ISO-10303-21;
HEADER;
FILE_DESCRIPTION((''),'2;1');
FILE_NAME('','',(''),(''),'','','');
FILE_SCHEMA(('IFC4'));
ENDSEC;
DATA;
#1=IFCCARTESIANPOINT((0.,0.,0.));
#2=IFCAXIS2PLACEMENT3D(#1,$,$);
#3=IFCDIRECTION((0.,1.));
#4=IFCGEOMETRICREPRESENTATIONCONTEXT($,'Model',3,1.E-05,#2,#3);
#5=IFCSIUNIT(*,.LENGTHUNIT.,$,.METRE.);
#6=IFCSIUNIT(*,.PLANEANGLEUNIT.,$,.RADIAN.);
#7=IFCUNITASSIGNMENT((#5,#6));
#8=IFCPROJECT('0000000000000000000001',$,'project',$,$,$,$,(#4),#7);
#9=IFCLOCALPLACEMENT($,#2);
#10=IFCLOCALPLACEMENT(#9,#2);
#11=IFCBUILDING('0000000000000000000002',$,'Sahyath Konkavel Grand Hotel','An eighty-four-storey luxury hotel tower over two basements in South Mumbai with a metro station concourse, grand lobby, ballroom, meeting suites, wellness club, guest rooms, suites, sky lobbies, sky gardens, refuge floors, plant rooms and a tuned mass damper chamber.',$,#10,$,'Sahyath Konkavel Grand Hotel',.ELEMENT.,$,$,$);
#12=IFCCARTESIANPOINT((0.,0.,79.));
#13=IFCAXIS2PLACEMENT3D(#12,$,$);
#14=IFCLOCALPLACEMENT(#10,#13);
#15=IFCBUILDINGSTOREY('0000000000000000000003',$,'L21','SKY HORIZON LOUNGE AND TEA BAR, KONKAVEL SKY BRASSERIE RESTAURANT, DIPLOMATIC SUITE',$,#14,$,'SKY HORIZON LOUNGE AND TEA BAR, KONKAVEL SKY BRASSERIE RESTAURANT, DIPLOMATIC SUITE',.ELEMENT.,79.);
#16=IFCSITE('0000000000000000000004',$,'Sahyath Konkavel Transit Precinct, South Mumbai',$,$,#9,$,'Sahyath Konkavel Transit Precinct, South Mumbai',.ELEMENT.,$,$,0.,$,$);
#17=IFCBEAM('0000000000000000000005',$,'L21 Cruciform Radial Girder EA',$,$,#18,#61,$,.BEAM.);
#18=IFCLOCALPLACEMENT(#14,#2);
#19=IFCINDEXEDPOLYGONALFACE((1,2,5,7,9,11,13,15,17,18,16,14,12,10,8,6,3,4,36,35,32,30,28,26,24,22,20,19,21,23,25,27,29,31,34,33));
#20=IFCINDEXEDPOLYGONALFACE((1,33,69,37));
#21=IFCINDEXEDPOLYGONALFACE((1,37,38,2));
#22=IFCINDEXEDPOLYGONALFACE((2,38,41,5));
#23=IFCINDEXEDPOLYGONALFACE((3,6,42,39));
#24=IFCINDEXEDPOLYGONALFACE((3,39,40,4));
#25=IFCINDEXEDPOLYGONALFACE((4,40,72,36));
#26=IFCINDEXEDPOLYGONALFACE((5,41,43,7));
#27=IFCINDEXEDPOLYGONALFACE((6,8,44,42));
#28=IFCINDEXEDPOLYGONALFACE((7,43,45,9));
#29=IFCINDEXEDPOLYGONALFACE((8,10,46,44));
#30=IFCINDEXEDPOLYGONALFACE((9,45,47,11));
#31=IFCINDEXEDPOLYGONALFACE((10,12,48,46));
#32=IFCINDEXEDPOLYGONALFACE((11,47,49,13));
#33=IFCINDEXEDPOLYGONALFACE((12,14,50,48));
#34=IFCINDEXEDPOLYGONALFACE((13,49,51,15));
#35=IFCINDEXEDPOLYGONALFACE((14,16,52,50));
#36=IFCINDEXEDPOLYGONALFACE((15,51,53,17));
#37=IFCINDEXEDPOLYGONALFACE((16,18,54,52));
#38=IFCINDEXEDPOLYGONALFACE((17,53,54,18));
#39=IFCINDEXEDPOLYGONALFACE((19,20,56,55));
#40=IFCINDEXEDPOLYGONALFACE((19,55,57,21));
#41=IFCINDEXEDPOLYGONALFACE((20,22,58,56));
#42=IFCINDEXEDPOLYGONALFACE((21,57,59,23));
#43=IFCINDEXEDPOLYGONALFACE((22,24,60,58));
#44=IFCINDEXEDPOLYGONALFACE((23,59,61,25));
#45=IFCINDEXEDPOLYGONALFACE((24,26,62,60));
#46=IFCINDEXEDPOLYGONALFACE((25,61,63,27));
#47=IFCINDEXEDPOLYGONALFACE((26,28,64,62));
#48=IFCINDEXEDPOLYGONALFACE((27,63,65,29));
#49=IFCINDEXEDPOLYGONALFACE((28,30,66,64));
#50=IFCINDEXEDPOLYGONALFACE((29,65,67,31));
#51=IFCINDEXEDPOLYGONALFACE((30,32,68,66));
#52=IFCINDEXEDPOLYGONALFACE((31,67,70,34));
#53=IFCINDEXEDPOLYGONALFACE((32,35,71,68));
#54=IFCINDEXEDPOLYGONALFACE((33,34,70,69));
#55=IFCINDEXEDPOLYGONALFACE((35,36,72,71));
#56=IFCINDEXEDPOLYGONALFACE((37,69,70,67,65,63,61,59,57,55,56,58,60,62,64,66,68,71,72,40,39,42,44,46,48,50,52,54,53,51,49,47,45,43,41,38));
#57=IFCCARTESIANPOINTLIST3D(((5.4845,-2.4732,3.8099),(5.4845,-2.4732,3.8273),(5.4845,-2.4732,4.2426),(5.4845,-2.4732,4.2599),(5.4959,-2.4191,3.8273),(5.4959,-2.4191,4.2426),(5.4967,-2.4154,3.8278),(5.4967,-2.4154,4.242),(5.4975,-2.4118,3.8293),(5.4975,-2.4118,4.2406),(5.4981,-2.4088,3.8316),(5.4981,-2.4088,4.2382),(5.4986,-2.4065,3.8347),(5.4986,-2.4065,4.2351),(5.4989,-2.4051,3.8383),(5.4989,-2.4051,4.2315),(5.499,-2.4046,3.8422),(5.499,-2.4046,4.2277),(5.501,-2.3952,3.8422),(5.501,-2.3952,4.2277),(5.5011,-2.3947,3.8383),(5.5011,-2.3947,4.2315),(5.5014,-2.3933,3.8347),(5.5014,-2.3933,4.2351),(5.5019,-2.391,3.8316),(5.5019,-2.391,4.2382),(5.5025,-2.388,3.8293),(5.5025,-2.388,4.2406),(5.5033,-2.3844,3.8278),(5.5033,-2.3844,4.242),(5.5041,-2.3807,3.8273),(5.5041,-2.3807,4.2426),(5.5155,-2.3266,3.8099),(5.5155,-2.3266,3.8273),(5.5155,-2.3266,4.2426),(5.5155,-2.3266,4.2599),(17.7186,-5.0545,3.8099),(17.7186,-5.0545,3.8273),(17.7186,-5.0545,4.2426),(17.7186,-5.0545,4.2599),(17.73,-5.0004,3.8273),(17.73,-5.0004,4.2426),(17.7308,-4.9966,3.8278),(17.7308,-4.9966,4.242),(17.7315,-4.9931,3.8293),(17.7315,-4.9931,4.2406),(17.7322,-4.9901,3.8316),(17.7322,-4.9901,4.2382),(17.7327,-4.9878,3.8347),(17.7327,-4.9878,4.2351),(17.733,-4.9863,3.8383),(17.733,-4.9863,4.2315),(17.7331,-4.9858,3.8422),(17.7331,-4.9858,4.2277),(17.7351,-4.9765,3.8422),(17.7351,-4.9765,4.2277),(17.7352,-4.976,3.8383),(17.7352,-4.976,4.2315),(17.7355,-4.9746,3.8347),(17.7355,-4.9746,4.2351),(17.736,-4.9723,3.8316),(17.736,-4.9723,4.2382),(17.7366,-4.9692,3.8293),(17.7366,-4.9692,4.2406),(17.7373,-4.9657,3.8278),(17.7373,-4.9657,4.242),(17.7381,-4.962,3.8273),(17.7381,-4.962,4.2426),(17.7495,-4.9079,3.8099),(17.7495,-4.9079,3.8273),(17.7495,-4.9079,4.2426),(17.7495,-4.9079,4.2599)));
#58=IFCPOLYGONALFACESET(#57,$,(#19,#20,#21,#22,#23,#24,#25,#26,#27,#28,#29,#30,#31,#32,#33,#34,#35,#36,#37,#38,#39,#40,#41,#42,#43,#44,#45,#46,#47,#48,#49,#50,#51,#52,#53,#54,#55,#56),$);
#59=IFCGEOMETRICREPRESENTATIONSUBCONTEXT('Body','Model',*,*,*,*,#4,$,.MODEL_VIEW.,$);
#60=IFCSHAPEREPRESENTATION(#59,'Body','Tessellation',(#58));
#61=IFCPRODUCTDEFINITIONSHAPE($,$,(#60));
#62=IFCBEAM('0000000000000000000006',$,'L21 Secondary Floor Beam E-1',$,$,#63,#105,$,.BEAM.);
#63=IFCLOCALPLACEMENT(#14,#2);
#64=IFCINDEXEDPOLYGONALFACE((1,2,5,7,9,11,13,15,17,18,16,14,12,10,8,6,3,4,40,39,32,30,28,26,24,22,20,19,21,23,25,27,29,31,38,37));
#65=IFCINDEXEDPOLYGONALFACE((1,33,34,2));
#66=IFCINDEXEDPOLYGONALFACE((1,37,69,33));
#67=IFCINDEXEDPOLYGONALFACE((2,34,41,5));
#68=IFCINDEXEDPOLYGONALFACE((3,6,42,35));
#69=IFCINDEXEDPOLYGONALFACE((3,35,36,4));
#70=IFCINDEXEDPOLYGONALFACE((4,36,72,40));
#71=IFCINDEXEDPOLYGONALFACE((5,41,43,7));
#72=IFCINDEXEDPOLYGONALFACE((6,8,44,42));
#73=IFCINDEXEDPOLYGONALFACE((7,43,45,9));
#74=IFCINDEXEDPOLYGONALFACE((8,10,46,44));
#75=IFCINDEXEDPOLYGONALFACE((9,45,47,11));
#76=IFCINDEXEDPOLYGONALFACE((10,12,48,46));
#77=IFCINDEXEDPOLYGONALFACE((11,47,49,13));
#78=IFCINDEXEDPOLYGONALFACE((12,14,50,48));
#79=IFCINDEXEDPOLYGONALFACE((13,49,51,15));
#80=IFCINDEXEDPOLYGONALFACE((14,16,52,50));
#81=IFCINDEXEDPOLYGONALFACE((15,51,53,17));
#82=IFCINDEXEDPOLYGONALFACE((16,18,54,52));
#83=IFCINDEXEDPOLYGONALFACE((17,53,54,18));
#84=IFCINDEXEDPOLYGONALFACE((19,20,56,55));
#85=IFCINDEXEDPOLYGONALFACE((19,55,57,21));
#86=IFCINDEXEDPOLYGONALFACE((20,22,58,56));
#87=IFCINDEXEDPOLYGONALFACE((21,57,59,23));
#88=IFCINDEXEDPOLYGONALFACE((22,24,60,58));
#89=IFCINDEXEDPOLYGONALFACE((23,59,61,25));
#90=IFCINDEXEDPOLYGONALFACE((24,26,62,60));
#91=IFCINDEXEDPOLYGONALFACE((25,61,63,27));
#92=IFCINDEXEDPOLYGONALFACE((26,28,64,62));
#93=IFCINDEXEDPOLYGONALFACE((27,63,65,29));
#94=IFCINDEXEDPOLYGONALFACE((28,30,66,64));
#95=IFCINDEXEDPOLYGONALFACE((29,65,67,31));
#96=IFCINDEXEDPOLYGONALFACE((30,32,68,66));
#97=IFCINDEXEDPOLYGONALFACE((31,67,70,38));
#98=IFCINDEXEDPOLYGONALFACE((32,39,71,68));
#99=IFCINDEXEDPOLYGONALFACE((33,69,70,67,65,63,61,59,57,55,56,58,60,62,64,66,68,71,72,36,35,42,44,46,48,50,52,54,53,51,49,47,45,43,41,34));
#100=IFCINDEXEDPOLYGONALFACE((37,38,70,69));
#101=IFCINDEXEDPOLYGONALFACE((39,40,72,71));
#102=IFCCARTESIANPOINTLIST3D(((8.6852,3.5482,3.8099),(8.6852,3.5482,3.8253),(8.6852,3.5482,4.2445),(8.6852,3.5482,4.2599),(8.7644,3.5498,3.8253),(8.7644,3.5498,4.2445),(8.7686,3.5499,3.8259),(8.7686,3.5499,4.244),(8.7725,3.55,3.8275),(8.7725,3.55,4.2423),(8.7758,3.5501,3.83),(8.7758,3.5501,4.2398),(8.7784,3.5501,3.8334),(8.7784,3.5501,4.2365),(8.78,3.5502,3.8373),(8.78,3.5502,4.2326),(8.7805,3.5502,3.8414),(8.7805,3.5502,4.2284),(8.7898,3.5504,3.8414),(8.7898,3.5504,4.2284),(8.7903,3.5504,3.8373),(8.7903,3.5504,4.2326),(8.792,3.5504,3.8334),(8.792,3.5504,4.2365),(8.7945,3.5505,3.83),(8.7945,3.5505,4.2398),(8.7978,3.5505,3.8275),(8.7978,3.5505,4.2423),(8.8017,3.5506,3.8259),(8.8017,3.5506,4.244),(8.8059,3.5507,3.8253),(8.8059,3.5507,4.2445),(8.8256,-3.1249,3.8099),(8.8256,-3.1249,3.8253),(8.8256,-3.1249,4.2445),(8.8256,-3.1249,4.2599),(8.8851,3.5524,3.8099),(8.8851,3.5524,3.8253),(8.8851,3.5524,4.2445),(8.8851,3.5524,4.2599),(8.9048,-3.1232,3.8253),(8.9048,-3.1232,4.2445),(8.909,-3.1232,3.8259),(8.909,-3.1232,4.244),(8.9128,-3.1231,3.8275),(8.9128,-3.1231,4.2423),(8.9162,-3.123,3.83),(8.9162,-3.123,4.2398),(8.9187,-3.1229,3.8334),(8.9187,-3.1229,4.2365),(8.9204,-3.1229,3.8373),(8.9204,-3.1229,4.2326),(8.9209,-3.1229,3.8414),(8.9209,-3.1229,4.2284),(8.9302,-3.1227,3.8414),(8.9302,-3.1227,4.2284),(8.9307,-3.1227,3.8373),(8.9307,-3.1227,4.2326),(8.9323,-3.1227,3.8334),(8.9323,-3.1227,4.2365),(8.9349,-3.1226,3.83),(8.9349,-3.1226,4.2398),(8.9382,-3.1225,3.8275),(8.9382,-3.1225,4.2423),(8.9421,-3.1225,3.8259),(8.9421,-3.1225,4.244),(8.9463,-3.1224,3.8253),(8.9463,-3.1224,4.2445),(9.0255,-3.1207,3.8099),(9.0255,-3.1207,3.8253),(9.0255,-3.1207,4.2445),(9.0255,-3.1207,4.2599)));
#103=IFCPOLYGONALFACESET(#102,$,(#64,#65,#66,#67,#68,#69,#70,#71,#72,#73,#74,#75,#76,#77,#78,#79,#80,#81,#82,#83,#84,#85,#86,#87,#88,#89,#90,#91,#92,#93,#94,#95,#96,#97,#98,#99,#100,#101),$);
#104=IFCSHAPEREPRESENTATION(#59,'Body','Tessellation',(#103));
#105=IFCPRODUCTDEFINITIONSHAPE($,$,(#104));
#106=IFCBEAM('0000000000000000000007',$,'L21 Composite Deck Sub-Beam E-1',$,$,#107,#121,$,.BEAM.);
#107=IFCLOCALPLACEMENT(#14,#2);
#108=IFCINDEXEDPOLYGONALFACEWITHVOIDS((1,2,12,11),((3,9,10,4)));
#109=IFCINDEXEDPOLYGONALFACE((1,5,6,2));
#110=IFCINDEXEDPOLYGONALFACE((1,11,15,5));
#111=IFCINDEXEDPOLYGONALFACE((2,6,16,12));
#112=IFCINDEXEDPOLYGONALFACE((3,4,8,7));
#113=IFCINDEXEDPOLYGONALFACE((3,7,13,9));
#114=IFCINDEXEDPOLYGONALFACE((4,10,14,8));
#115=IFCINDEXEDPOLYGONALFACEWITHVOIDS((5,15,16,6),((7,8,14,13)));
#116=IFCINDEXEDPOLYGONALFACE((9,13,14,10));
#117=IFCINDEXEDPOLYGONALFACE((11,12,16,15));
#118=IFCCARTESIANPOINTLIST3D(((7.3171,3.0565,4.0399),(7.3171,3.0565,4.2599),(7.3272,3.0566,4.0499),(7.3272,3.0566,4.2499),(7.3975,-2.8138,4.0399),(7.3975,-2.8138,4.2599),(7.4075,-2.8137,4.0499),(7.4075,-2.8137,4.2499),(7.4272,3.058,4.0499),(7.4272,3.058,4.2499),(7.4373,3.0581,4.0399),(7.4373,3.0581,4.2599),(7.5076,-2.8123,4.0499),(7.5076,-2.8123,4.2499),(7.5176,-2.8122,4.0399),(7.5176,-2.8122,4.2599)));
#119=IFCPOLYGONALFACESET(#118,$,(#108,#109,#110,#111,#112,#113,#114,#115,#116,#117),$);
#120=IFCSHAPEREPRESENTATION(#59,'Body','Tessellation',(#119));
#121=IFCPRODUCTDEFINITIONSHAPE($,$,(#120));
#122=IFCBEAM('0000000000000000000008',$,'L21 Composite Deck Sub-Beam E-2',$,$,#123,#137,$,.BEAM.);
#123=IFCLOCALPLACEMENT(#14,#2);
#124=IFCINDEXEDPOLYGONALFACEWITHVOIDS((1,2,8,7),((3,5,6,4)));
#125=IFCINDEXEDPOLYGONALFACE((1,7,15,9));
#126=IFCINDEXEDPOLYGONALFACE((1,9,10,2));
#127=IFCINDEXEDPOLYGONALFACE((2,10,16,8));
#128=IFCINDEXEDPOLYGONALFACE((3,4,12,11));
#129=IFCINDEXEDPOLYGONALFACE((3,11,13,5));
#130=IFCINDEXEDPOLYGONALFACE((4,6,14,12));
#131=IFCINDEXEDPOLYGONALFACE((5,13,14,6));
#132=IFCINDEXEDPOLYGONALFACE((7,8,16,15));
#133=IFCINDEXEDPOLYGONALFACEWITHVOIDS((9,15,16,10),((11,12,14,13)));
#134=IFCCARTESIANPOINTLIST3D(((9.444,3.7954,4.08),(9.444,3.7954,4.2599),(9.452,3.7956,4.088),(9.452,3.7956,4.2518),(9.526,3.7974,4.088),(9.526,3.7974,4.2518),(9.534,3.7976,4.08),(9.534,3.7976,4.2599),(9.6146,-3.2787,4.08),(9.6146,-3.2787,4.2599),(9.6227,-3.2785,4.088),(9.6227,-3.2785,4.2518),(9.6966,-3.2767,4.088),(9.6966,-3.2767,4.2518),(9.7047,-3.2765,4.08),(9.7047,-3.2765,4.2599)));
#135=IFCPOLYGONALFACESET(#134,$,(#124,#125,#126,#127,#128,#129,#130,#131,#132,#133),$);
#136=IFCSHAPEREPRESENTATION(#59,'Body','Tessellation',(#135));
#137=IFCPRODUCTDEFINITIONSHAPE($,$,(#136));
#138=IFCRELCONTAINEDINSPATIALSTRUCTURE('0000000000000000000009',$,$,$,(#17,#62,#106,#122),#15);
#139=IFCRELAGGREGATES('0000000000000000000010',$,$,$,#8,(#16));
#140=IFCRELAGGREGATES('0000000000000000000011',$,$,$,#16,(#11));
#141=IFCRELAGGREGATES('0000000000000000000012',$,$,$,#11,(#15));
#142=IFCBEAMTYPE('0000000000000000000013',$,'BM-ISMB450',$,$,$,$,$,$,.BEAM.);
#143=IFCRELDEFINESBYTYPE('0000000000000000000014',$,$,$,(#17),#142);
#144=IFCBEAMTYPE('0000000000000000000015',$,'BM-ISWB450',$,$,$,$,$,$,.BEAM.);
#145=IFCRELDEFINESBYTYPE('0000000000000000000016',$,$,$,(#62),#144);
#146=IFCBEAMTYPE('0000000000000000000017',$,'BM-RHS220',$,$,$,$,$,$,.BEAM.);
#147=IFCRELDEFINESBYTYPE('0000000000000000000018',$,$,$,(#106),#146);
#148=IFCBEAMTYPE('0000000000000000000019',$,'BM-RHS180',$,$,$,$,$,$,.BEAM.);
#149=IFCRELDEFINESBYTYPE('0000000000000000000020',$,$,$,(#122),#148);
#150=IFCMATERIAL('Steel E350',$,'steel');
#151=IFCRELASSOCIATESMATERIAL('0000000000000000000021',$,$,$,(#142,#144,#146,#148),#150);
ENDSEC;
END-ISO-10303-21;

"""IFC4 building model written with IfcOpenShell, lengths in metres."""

from ifc_helpers import new_model, si_unit, direction, frame, origin, origin_2d, place, context, subcontext, project, spatial, hollow_rectangle, i_section, extrude, source, transform, mapped, material, material_profile, profile_set, type_object, element, save


model = new_model("IFC4")

# Units and contexts
model_context = context("Model", 3, precision=1e-05, world=origin(), true_north=direction((0.0, 1.0)))
body_context = subcontext(model_context, "Body", "Model", "MODEL_VIEW")
ifc_project = project(units=[si_unit("LENGTHUNIT", "METRE"), si_unit("PLANEANGLEUNIT", "RADIAN")], contexts=[model_context])

# Site, building, storey
site_placement = place(None, origin())
site = spatial("IfcSite", under=ifc_project, at=site_placement, Name="Sahyath Konkavel Transit Precinct, South Mumbai", LongName="Sahyath Konkavel Transit Precinct, South Mumbai", CompositionType="ELEMENT", RefElevation=0.0)
building_placement = place(site_placement, origin())
building = spatial("IfcBuilding", under=site, at=building_placement, Name="Sahyath Konkavel Grand Hotel", Description="An eighty-four-storey luxury hotel tower over two basements in South Mumbai with a metro station concourse, grand lobby, ballroom, meeting suites, wellness club, guest rooms, suites, sky lobbies, sky gardens, refuge floors, plant rooms and a tuned mass damper chamber.", LongName="Sahyath Konkavel Grand Hotel", CompositionType="ELEMENT")
storey_placement = place(building_placement, frame((0.0, 0.0, 79.0)))
storey = spatial("IfcBuildingStorey", under=building, at=storey_placement, Name="L21", Description="SKY HORIZON LOUNGE AND TEA BAR, KONKAVEL SKY BRASSERIE RESTAURANT, DIPLOMATIC SUITE", LongName="SKY HORIZON LOUNGE AND TEA BAR, KONKAVEL SKY BRASSERIE RESTAURANT, DIPLOMATIC SUITE", CompositionType="ELEMENT", Elevation=79.0)

# Beams
ifc_material_1 = material(Name="Steel E350", Category="steel")
ifc_material_profile_1 = material_profile(ifc_material_1, i_section(OverallWidth=0.1499, OverallDepth=0.45, WebThickness=0.0095, FlangeThickness=0.0173, FilletRadius=0.0149, at=origin_2d()), Name="ISMB 450")
ifc_profile_set_1 = profile_set([ifc_material_profile_1], Name="Steel E350")
beam_type_1 = type_object("IfcBeamType", Name="BM-ISMB450", PredefinedType="BEAM", material=ifc_profile_set_1)
shared_shape_1 = source(origin(), body_context, "Body", "SweptSolid", [
    extrude(i_section(OverallWidth=0.1499, OverallDepth=0.45, WebThickness=0.0095, FlangeThickness=0.0173, FilletRadius=0.0149, at=origin_2d()), origin(), (0.0, 0.0, 1.0), 12.5034),
])
beam_1_placement = place(storey_placement, frame((5.5, -2.3999, 4.0349), z_axis=(0.978458, -0.206446, 0.0), x_axis=(0.206446, 0.978458, 0.0)))
element("IfcBeam", 1, at=beam_1_placement, inside=storey, type_object=beam_type_1, Name="L21 Cruciform Radial Girder EA", PredefinedType="BEAM", context=body_context, shape_type="MappedRepresentation", body=[
    mapped(shared_shape_1, transform((0.0, 0.0, 0.0), scale=1.0)),
])
ifc_material_profile_2 = material_profile(ifc_material_1, i_section(OverallWidth=0.2, OverallDepth=0.45, WebThickness=0.0093, FlangeThickness=0.0154, FilletRadius=0.0161, at=origin_2d()), Name="ISWB 450")
ifc_profile_set_2 = profile_set([ifc_material_profile_2], Name="Steel E350")
beam_type_2 = type_object("IfcBeamType", Name="BM-ISWB450", PredefinedType="BEAM", material=ifc_profile_set_2)
shared_shape_2 = source(origin(), body_context, "Body", "SweptSolid", [
    extrude(i_section(OverallWidth=0.2, OverallDepth=0.45, WebThickness=0.0093, FlangeThickness=0.0154, FilletRadius=0.0161, at=origin_2d()), origin(), (0.0, 0.0, 1.0), 6.6746),
])
beam_2_placement = place(storey_placement, frame((8.9255, -3.1228, 4.0349), z_axis=(-0.021032, 0.999779, 0.0), x_axis=(-0.999779, -0.021032, 0.0)))
element("IfcBeam", 2, at=beam_2_placement, inside=storey, type_object=beam_type_2, Name="L21 Secondary Floor Beam E-1", PredefinedType="BEAM", context=body_context, shape_type="MappedRepresentation", body=[
    mapped(shared_shape_2, transform((0.0, 0.0, 0.0), scale=1.0)),
])
ifc_material_profile_3 = material_profile(ifc_material_1, hollow_rectangle(XDim=0.1201, YDim=0.22, WallThickness=0.01, at=origin_2d()), Name="RHS 220x120x10")
ifc_profile_set_3 = profile_set([ifc_material_profile_3], Name="Steel E350")
beam_type_3 = type_object("IfcBeamType", Name="BM-RHS220", PredefinedType="BEAM", material=ifc_profile_set_3)
shared_shape_3 = source(origin(), body_context, "Body", "SweptSolid", [
    extrude(hollow_rectangle(XDim=0.1201, YDim=0.22, WallThickness=0.01, at=origin_2d()), origin(), (0.0, 0.0, 1.0), 5.8708),
])
beam_3_placement = place(storey_placement, frame((7.4575, -2.813, 4.1499), z_axis=(-0.013681, 0.999906, 0.0), x_axis=(-0.999906, -0.013681, 0.0)))
element("IfcBeam", 3, at=beam_3_placement, inside=storey, type_object=beam_type_3, Name="L21 Composite Deck Sub-Beam E-1", PredefinedType="BEAM", context=body_context, shape_type="MappedRepresentation", body=[
    mapped(shared_shape_3, transform((0.0, 0.0, 0.0), scale=1.0)),
])
ifc_material_profile_4 = material_profile(ifc_material_1, hollow_rectangle(XDim=0.0901, YDim=0.1799, WallThickness=0.0081, at=origin_2d()), Name="RHS 180x90x8")
ifc_profile_set_4 = profile_set([ifc_material_profile_4], Name="Steel E350")
beam_type_4 = type_object("IfcBeamType", Name="BM-RHS180", PredefinedType="BEAM", material=ifc_profile_set_4)
shared_shape_4 = source(origin(), body_context, "Body", "SweptSolid", [
    extrude(hollow_rectangle(XDim=0.0901, YDim=0.1799, WallThickness=0.0081, at=origin_2d()), origin(), (0.0, 0.0, 1.0), 7.0762),
])
beam_4_placement = place(storey_placement, frame((9.6597, -3.2776, 4.1699), z_axis=(-0.024116, 0.999709, 0.0), x_axis=(-0.999709, -0.024116, 0.0)))
element("IfcBeam", 4, at=beam_4_placement, inside=storey, type_object=beam_type_4, Name="L21 Composite Deck Sub-Beam E-2", PredefinedType="BEAM", context=body_context, shape_type="MappedRepresentation", body=[
    mapped(shared_shape_4, transform((0.0, 0.0, 0.0), scale=1.0)),
])

save(model, "model.ifc")
